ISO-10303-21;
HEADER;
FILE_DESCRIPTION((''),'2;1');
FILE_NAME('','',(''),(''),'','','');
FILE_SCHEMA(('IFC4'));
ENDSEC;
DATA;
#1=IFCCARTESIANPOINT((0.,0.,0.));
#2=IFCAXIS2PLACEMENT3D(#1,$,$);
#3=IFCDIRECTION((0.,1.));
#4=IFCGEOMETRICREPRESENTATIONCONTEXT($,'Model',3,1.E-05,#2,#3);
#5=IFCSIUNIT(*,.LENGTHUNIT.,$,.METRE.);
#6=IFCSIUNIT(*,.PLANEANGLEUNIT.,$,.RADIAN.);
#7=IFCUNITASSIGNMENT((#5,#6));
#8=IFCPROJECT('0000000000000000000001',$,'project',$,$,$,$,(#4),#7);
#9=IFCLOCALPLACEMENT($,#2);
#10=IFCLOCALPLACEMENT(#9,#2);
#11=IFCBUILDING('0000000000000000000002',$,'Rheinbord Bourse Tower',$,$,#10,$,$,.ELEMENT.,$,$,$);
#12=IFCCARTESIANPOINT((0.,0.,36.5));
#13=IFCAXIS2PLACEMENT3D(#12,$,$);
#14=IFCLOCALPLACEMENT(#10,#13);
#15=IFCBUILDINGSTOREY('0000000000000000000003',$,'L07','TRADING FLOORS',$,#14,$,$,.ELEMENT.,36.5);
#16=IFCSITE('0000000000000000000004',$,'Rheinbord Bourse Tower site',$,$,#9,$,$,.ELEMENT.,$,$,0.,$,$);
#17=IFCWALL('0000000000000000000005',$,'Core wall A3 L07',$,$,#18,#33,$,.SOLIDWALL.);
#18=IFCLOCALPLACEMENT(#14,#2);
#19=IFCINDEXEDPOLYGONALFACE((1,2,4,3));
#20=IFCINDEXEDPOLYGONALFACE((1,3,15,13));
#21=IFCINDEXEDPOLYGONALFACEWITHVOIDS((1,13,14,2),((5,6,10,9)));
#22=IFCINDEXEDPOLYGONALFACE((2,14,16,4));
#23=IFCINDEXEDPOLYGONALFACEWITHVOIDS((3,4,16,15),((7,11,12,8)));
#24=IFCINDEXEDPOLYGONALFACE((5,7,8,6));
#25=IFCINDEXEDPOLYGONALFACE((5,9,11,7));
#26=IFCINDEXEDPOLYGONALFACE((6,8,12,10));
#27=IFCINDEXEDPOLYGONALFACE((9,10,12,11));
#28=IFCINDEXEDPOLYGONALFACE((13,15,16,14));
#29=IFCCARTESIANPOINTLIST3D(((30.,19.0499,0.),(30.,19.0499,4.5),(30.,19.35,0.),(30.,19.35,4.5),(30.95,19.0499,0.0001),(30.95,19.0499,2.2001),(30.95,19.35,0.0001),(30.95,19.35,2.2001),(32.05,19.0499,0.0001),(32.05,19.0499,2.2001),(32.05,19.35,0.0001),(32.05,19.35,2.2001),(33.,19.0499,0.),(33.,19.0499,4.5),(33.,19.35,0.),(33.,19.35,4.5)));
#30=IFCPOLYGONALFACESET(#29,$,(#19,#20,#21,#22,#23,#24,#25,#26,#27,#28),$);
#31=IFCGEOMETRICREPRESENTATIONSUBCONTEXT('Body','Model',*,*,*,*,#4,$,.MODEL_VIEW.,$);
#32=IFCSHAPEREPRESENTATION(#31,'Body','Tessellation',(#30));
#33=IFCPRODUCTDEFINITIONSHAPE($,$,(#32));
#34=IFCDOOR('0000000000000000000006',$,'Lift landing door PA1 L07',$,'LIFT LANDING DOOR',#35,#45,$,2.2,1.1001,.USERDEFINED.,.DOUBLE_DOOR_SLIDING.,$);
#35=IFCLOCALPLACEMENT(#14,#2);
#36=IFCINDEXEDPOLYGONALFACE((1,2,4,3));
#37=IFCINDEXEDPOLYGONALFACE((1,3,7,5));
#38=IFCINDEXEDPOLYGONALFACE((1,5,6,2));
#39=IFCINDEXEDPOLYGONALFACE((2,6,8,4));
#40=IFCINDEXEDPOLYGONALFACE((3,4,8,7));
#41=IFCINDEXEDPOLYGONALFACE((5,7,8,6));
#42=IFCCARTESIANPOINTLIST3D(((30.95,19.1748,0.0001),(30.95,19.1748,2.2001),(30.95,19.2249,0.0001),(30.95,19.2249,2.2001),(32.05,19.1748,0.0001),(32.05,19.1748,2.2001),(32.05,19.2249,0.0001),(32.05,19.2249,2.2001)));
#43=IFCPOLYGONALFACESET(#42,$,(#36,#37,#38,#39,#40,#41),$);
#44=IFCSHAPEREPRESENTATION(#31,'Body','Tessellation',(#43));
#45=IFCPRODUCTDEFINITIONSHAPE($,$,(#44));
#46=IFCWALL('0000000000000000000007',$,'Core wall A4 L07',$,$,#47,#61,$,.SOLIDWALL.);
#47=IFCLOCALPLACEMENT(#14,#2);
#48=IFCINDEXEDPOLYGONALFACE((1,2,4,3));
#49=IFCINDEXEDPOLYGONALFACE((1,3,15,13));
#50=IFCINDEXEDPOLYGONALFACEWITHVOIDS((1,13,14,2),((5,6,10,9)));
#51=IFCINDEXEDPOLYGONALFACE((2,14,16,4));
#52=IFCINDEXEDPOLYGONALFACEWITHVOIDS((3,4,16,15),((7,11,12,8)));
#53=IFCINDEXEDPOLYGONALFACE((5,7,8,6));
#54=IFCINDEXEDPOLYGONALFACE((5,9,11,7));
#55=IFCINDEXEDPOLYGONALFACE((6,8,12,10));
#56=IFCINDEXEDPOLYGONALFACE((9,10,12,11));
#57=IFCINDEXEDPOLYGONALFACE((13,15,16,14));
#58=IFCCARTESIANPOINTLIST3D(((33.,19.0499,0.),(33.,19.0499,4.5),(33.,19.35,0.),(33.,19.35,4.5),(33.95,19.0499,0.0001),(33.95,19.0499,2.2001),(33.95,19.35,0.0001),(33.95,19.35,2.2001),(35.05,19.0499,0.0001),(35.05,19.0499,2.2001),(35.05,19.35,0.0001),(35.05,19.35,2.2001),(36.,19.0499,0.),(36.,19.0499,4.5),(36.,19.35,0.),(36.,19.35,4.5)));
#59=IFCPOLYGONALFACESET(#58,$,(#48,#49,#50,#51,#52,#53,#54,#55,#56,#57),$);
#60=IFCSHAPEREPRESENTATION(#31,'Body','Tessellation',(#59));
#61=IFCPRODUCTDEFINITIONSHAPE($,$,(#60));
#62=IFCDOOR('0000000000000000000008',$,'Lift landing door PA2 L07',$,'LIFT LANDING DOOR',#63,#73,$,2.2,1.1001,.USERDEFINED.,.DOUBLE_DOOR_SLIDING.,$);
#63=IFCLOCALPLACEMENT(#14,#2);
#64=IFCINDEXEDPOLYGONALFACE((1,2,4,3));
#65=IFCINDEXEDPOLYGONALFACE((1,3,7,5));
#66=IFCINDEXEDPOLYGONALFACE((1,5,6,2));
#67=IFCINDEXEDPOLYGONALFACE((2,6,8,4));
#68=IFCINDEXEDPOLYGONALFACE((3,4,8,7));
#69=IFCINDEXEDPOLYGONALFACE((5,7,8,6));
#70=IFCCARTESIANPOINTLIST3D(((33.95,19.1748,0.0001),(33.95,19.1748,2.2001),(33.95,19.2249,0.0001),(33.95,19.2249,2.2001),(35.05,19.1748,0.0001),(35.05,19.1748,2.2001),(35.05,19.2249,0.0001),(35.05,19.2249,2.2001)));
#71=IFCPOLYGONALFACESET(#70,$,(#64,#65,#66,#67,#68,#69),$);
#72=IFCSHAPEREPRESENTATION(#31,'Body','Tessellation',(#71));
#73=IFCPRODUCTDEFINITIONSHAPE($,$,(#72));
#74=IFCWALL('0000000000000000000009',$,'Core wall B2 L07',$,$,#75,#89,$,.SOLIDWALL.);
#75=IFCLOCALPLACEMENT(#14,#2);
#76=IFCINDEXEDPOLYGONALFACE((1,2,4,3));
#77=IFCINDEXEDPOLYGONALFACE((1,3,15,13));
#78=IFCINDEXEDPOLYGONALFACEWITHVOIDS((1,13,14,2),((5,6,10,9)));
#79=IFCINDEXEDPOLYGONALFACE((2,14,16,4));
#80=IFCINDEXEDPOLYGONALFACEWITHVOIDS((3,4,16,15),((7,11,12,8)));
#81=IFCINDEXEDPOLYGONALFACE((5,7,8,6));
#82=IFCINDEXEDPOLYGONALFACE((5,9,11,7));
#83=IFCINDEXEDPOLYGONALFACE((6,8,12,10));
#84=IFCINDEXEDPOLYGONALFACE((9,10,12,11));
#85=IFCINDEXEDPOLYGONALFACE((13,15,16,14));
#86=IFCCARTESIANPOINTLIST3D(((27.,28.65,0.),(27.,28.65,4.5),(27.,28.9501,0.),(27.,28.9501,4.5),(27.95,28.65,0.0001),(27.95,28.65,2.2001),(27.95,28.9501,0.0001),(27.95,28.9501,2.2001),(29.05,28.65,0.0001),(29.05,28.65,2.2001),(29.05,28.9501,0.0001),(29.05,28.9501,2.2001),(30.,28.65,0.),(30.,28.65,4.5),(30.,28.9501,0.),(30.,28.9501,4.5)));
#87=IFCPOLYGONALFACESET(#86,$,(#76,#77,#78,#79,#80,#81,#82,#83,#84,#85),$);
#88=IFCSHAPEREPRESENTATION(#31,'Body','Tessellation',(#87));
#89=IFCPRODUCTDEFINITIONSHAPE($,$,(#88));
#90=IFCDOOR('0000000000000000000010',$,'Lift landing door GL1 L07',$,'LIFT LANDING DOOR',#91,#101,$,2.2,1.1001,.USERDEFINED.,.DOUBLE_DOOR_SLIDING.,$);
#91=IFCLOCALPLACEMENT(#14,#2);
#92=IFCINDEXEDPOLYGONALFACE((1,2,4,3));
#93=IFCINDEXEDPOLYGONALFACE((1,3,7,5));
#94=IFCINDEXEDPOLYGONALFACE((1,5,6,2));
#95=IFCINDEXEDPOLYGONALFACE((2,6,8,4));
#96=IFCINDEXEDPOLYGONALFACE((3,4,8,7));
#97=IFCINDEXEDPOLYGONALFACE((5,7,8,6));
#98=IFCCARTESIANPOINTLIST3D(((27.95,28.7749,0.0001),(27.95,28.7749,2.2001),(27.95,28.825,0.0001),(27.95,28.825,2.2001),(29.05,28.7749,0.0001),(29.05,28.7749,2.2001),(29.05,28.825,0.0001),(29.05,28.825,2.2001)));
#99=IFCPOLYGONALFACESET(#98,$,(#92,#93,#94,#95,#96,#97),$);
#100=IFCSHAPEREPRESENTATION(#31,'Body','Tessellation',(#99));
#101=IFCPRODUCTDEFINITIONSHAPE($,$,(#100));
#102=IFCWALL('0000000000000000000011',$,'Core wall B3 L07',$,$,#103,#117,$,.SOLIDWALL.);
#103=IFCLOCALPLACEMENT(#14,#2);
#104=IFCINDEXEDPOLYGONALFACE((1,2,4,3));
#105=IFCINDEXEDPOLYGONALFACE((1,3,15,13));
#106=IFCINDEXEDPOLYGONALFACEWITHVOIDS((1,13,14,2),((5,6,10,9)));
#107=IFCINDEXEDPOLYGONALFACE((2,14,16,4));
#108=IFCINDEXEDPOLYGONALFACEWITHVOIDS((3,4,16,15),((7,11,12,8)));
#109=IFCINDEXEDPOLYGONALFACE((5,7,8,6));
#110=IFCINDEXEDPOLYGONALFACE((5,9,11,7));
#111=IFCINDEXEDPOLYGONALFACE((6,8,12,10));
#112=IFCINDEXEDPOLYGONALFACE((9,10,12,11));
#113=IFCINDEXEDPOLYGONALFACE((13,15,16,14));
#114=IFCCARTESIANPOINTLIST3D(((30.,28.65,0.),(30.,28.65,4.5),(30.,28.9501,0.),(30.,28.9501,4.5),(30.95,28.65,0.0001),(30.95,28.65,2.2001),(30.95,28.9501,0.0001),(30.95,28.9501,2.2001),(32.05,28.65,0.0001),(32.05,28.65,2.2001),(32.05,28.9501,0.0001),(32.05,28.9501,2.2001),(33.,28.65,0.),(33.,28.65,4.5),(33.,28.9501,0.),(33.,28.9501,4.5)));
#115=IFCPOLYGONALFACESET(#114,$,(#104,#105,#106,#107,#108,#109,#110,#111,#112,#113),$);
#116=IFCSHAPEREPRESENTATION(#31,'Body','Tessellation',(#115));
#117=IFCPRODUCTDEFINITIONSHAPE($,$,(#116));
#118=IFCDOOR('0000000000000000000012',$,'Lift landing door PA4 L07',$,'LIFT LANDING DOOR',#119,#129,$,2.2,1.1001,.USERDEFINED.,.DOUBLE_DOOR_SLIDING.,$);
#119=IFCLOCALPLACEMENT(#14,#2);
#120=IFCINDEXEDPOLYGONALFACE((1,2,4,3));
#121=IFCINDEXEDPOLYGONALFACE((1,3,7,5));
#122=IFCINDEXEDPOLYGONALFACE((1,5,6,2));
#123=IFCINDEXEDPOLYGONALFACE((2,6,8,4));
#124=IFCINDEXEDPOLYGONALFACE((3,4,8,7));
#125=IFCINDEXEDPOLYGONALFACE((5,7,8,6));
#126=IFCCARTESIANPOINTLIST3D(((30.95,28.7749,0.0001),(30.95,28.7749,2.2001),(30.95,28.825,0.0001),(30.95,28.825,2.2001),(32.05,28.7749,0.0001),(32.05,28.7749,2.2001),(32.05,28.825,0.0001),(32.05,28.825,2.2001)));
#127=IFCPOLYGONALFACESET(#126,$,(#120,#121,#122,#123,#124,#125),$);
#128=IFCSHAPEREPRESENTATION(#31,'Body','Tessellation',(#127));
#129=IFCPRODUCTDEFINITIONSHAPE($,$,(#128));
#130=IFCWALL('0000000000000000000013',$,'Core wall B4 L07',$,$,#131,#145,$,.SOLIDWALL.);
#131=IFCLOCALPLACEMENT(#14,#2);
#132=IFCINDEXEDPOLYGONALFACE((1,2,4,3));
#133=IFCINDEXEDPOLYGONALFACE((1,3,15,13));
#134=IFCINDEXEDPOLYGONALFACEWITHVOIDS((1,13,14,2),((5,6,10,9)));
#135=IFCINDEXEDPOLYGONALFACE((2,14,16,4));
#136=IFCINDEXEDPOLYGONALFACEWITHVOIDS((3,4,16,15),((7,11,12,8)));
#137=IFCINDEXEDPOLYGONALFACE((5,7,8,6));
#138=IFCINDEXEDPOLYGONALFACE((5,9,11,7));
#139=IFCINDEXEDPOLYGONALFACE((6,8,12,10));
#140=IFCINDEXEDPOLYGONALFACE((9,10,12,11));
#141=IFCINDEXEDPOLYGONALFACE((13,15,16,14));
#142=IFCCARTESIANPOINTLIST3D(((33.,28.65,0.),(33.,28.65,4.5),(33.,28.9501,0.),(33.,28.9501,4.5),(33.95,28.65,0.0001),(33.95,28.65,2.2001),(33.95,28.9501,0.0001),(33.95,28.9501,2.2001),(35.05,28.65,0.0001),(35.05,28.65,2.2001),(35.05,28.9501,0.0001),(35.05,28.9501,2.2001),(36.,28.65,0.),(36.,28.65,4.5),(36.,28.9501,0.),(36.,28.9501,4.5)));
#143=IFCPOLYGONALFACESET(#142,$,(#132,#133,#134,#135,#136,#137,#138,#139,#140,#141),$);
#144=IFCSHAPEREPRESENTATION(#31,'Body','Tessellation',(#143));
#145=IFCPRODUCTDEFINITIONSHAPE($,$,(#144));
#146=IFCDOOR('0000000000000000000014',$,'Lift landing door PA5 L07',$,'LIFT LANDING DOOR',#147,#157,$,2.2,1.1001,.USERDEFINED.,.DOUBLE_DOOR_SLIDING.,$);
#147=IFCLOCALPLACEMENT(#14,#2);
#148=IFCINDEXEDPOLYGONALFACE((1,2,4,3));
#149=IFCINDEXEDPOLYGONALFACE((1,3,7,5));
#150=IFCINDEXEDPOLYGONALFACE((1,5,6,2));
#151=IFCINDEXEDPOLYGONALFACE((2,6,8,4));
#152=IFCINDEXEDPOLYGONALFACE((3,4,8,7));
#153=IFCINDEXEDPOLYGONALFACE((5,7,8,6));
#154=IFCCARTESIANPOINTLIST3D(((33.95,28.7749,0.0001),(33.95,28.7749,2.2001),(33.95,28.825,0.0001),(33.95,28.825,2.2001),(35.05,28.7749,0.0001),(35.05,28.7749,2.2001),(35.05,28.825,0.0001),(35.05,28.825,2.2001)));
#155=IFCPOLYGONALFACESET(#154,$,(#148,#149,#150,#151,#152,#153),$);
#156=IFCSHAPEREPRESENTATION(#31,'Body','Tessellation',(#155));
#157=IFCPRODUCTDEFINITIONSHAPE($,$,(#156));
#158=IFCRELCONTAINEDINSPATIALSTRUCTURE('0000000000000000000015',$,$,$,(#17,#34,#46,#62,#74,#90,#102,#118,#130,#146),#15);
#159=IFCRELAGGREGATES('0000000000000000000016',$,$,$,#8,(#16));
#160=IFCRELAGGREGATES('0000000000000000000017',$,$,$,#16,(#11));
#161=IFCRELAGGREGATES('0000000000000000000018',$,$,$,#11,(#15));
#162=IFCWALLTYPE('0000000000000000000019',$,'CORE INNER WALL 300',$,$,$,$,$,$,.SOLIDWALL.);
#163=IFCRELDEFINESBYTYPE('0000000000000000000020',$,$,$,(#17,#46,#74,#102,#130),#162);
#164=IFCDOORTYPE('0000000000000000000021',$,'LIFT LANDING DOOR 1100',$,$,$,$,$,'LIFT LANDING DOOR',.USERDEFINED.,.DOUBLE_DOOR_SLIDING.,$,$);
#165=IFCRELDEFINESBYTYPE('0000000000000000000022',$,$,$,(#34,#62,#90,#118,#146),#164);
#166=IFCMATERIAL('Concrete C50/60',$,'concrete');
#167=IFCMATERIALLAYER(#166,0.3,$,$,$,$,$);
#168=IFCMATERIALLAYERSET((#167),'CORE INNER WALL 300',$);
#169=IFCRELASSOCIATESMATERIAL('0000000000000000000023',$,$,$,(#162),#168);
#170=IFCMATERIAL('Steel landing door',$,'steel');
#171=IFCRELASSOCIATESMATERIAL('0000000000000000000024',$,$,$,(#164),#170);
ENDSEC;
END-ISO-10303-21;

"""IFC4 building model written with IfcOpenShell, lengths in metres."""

from ifc_helpers import new_model, si_unit, direction, frame, frame_2d, origin, place, context, subcontext, project, spatial, rectangle, extrude, material, layer, layer_set, type_object, element, fill, save


model = new_model("IFC4")

# Units and contexts
model_context = context("Model", 3, precision=1e-05, world=origin(), true_north=direction((0.0, 1.0)))
body_context = subcontext(model_context, "Body", "Model", "MODEL_VIEW")
ifc_project = project(units=[si_unit("LENGTHUNIT", "METRE"), si_unit("PLANEANGLEUNIT", "RADIAN")], contexts=[model_context])

# Site, building, storey
site_placement = place(None, origin())
site = spatial("IfcSite", under=ifc_project, at=site_placement, Name="Rheinbord Bourse Tower site", CompositionType="ELEMENT", RefElevation=0.0)
building_placement = place(site_placement, origin())
building = spatial("IfcBuilding", under=site, at=building_placement, Name="Rheinbord Bourse Tower", CompositionType="ELEMENT")
storey_placement = place(building_placement, frame((0.0, 0.0, 36.5)))
storey = spatial("IfcBuildingStorey", under=building, at=storey_placement, Name="L07", Description="TRADING FLOORS", CompositionType="ELEMENT", Elevation=36.5)

# Walls, openings, doors
ifc_material_1 = material(Name="Concrete C50/60", Category="concrete")
ifc_layer_1 = layer(ifc_material_1, 0.3)
ifc_layer_set_1 = layer_set([ifc_layer_1], Name="CORE INNER WALL 300")
wall_type_1 = type_object("IfcWallType", Name="CORE INNER WALL 300", PredefinedType="SOLIDWALL", material=ifc_layer_set_1)
wall_1_placement = place(storey_placement, frame((30.0, 19.2, 0.0), z_axis=(0.0, 0.0, 1.0), x_axis=(1.0, 0.0, 0.0)))
wall_1 = element("IfcWall", 1, at=wall_1_placement, inside=storey, type_object=wall_type_1, Name="Core wall A3 L07", PredefinedType="SOLIDWALL", context=body_context, shape_type="SweptSolid", body=[
    extrude(rectangle(XDim=3.0, YDim=0.3, at=frame_2d((1.5, 0.0))), origin(), (0.0, 0.0, 1.0), 4.5),
])
opening_1_placement = place(wall_1_placement, frame((0.95, 0.0, 0.0)))
opening_1 = element("IfcOpeningElement", 2, at=opening_1_placement, cuts=wall_1, PredefinedType="OPENING", context=body_context, shape_type="SweptSolid", body=[
    extrude(rectangle(XDim=1.1001, YDim=2.2, at=frame_2d((0.55, 1.1001))), frame((0.0, 0.1599, 0.0), z_axis=(0.0, -1.0, 0.0), x_axis=(1.0, 0.0, 0.0)), (0.0, 0.0, 1.0), 0.3201),
])
ifc_material_2 = material(Name="Steel landing door", Category="steel")
door_type_1 = type_object("IfcDoorType", Name="LIFT LANDING DOOR 1100", ElementType="LIFT LANDING DOOR", OperationType="DOUBLE_DOOR_SLIDING", PredefinedType="USERDEFINED", material=ifc_material_2)
door_1_placement = place(opening_1_placement, origin())
door_1 = element("IfcDoor", 3, at=door_1_placement, inside=storey, type_object=door_type_1, Name="Lift landing door PA1 L07", ObjectType="LIFT LANDING DOOR", OperationType="DOUBLE_DOOR_SLIDING", OverallHeight=2.2, OverallWidth=1.1001, PredefinedType="USERDEFINED", context=body_context, shape_type="SweptSolid", body=[
    extrude(rectangle(XDim=1.1001, YDim=2.2, at=frame_2d((0.55, 1.1001))), frame((0.0, 0.0249, 0.0), z_axis=(0.0, -1.0, 0.0), x_axis=(1.0, 0.0, 0.0)), (0.0, 0.0, 1.0), 0.05),
])
fill(opening_1, door_1)
wall_2_placement = place(storey_placement, frame((33.0, 19.2, 0.0), z_axis=(0.0, 0.0, 1.0), x_axis=(1.0, 0.0, 0.0)))
wall_2 = element("IfcWall", 4, at=wall_2_placement, inside=storey, type_object=wall_type_1, Name="Core wall A4 L07", PredefinedType="SOLIDWALL", context=body_context, shape_type="SweptSolid", body=[
    extrude(rectangle(XDim=3.0, YDim=0.3, at=frame_2d((1.5, 0.0))), origin(), (0.0, 0.0, 1.0), 4.5),
])
opening_2_placement = place(wall_2_placement, frame((0.95, 0.0, 0.0)))
opening_2 = element("IfcOpeningElement", 5, at=opening_2_placement, cuts=wall_2, PredefinedType="OPENING", context=body_context, shape_type="SweptSolid", body=[
    extrude(rectangle(XDim=1.1001, YDim=2.2, at=frame_2d((0.55, 1.1001))), frame((0.0, 0.1599, 0.0), z_axis=(0.0, -1.0, 0.0), x_axis=(1.0, 0.0, 0.0)), (0.0, 0.0, 1.0), 0.3201),
])
door_2_placement = place(opening_2_placement, origin())
door_2 = element("IfcDoor", 6, at=door_2_placement, inside=storey, type_object=door_type_1, Name="Lift landing door PA2 L07", ObjectType="LIFT LANDING DOOR", OperationType="DOUBLE_DOOR_SLIDING", OverallHeight=2.2, OverallWidth=1.1001, PredefinedType="USERDEFINED", context=body_context, shape_type="SweptSolid", body=[
    extrude(rectangle(XDim=1.1001, YDim=2.2, at=frame_2d((0.55, 1.1001))), frame((0.0, 0.0249, 0.0), z_axis=(0.0, -1.0, 0.0), x_axis=(1.0, 0.0, 0.0)), (0.0, 0.0, 1.0), 0.05),
])
fill(opening_2, door_2)
wall_3_placement = place(storey_placement, frame((27.0, 28.8, 0.0), z_axis=(0.0, 0.0, 1.0), x_axis=(1.0, 0.0, 0.0)))
wall_3 = element("IfcWall", 7, at=wall_3_placement, inside=storey, type_object=wall_type_1, Name="Core wall B2 L07", PredefinedType="SOLIDWALL", context=body_context, shape_type="SweptSolid", body=[
    extrude(rectangle(XDim=3.0, YDim=0.3, at=frame_2d((1.5, 0.0))), origin(), (0.0, 0.0, 1.0), 4.5),
])
opening_3_placement = place(wall_3_placement, frame((0.95, 0.0, 0.0)))
opening_3 = element("IfcOpeningElement", 8, at=opening_3_placement, cuts=wall_3, PredefinedType="OPENING", context=body_context, shape_type="SweptSolid", body=[
    extrude(rectangle(XDim=1.1001, YDim=2.2, at=frame_2d((0.55, 1.1001))), frame((0.0, 0.1599, 0.0), z_axis=(0.0, -1.0, 0.0), x_axis=(1.0, 0.0, 0.0)), (0.0, 0.0, 1.0), 0.3201),
])
door_3_placement = place(opening_3_placement, origin())
door_3 = element("IfcDoor", 9, at=door_3_placement, inside=storey, type_object=door_type_1, Name="Lift landing door GL1 L07", ObjectType="LIFT LANDING DOOR", OperationType="DOUBLE_DOOR_SLIDING", OverallHeight=2.2, OverallWidth=1.1001, PredefinedType="USERDEFINED", context=body_context, shape_type="SweptSolid", body=[
    extrude(rectangle(XDim=1.1001, YDim=2.2, at=frame_2d((0.55, 1.1001))), frame((0.0, 0.0249, 0.0), z_axis=(0.0, -1.0, 0.0), x_axis=(1.0, 0.0, 0.0)), (0.0, 0.0, 1.0), 0.05),
])
fill(opening_3, door_3)
wall_4_placement = place(storey_placement, frame((30.0, 28.8, 0.0), z_axis=(0.0, 0.0, 1.0), x_axis=(1.0, 0.0, 0.0)))
wall_4 = element("IfcWall", 10, at=wall_4_placement, inside=storey, type_object=wall_type_1, Name="Core wall B3 L07", PredefinedType="SOLIDWALL", context=body_context, shape_type="SweptSolid", body=[
    extrude(rectangle(XDim=3.0, YDim=0.3, at=frame_2d((1.5, 0.0))), origin(), (0.0, 0.0, 1.0), 4.5),
])
opening_4_placement = place(wall_4_placement, frame((0.95, 0.0, 0.0)))
opening_4 = element("IfcOpeningElement", 11, at=opening_4_placement, cuts=wall_4, PredefinedType="OPENING", context=body_context, shape_type="SweptSolid", body=[
    extrude(rectangle(XDim=1.1001, YDim=2.2, at=frame_2d((0.55, 1.1001))), frame((0.0, 0.1599, 0.0), z_axis=(0.0, -1.0, 0.0), x_axis=(1.0, 0.0, 0.0)), (0.0, 0.0, 1.0), 0.3201),
])
door_4_placement = place(opening_4_placement, origin())
door_4 = element("IfcDoor", 12, at=door_4_placement, inside=storey, type_object=door_type_1, Name="Lift landing door PA4 L07", ObjectType="LIFT LANDING DOOR", OperationType="DOUBLE_DOOR_SLIDING", OverallHeight=2.2, OverallWidth=1.1001, PredefinedType="USERDEFINED", context=body_context, shape_type="SweptSolid", body=[
    extrude(rectangle(XDim=1.1001, YDim=2.2, at=frame_2d((0.55, 1.1001))), frame((0.0, 0.0249, 0.0), z_axis=(0.0, -1.0, 0.0), x_axis=(1.0, 0.0, 0.0)), (0.0, 0.0, 1.0), 0.05),
])
fill(opening_4, door_4)
wall_5_placement = place(storey_placement, frame((33.0, 28.8, 0.0), z_axis=(0.0, 0.0, 1.0), x_axis=(1.0, 0.0, 0.0)))
wall_5 = element("IfcWall", 13, at=wall_5_placement, inside=storey, type_object=wall_type_1, Name="Core wall B4 L07", PredefinedType="SOLIDWALL", context=body_context, shape_type="SweptSolid", body=[
    extrude(rectangle(XDim=3.0, YDim=0.3, at=frame_2d((1.5, 0.0))), origin(), (0.0, 0.0, 1.0), 4.5),
])
opening_5_placement = place(wall_5_placement, frame((0.95, 0.0, 0.0)))
opening_5 = element("IfcOpeningElement", 14, at=opening_5_placement, cuts=wall_5, PredefinedType="OPENING", context=body_context, shape_type="SweptSolid", body=[
    extrude(rectangle(XDim=1.1001, YDim=2.2, at=frame_2d((0.55, 1.1001))), frame((0.0, 0.1599, 0.0), z_axis=(0.0, -1.0, 0.0), x_axis=(1.0, 0.0, 0.0)), (0.0, 0.0, 1.0), 0.3201),
])
door_5_placement = place(opening_5_placement, origin())
door_5 = element("IfcDoor", 15, at=door_5_placement, inside=storey, type_object=door_type_1, Name="Lift landing door PA5 L07", ObjectType="LIFT LANDING DOOR", OperationType="DOUBLE_DOOR_SLIDING", OverallHeight=2.2, OverallWidth=1.1001, PredefinedType="USERDEFINED", context=body_context, shape_type="SweptSolid", body=[
    extrude(rectangle(XDim=1.1001, YDim=2.2, at=frame_2d((0.55, 1.1001))), frame((0.0, 0.0249, 0.0), z_axis=(0.0, -1.0, 0.0), x_axis=(1.0, 0.0, 0.0)), (0.0, 0.0, 1.0), 0.05),
])
fill(opening_5, door_5)

save(model, "model.ifc")
